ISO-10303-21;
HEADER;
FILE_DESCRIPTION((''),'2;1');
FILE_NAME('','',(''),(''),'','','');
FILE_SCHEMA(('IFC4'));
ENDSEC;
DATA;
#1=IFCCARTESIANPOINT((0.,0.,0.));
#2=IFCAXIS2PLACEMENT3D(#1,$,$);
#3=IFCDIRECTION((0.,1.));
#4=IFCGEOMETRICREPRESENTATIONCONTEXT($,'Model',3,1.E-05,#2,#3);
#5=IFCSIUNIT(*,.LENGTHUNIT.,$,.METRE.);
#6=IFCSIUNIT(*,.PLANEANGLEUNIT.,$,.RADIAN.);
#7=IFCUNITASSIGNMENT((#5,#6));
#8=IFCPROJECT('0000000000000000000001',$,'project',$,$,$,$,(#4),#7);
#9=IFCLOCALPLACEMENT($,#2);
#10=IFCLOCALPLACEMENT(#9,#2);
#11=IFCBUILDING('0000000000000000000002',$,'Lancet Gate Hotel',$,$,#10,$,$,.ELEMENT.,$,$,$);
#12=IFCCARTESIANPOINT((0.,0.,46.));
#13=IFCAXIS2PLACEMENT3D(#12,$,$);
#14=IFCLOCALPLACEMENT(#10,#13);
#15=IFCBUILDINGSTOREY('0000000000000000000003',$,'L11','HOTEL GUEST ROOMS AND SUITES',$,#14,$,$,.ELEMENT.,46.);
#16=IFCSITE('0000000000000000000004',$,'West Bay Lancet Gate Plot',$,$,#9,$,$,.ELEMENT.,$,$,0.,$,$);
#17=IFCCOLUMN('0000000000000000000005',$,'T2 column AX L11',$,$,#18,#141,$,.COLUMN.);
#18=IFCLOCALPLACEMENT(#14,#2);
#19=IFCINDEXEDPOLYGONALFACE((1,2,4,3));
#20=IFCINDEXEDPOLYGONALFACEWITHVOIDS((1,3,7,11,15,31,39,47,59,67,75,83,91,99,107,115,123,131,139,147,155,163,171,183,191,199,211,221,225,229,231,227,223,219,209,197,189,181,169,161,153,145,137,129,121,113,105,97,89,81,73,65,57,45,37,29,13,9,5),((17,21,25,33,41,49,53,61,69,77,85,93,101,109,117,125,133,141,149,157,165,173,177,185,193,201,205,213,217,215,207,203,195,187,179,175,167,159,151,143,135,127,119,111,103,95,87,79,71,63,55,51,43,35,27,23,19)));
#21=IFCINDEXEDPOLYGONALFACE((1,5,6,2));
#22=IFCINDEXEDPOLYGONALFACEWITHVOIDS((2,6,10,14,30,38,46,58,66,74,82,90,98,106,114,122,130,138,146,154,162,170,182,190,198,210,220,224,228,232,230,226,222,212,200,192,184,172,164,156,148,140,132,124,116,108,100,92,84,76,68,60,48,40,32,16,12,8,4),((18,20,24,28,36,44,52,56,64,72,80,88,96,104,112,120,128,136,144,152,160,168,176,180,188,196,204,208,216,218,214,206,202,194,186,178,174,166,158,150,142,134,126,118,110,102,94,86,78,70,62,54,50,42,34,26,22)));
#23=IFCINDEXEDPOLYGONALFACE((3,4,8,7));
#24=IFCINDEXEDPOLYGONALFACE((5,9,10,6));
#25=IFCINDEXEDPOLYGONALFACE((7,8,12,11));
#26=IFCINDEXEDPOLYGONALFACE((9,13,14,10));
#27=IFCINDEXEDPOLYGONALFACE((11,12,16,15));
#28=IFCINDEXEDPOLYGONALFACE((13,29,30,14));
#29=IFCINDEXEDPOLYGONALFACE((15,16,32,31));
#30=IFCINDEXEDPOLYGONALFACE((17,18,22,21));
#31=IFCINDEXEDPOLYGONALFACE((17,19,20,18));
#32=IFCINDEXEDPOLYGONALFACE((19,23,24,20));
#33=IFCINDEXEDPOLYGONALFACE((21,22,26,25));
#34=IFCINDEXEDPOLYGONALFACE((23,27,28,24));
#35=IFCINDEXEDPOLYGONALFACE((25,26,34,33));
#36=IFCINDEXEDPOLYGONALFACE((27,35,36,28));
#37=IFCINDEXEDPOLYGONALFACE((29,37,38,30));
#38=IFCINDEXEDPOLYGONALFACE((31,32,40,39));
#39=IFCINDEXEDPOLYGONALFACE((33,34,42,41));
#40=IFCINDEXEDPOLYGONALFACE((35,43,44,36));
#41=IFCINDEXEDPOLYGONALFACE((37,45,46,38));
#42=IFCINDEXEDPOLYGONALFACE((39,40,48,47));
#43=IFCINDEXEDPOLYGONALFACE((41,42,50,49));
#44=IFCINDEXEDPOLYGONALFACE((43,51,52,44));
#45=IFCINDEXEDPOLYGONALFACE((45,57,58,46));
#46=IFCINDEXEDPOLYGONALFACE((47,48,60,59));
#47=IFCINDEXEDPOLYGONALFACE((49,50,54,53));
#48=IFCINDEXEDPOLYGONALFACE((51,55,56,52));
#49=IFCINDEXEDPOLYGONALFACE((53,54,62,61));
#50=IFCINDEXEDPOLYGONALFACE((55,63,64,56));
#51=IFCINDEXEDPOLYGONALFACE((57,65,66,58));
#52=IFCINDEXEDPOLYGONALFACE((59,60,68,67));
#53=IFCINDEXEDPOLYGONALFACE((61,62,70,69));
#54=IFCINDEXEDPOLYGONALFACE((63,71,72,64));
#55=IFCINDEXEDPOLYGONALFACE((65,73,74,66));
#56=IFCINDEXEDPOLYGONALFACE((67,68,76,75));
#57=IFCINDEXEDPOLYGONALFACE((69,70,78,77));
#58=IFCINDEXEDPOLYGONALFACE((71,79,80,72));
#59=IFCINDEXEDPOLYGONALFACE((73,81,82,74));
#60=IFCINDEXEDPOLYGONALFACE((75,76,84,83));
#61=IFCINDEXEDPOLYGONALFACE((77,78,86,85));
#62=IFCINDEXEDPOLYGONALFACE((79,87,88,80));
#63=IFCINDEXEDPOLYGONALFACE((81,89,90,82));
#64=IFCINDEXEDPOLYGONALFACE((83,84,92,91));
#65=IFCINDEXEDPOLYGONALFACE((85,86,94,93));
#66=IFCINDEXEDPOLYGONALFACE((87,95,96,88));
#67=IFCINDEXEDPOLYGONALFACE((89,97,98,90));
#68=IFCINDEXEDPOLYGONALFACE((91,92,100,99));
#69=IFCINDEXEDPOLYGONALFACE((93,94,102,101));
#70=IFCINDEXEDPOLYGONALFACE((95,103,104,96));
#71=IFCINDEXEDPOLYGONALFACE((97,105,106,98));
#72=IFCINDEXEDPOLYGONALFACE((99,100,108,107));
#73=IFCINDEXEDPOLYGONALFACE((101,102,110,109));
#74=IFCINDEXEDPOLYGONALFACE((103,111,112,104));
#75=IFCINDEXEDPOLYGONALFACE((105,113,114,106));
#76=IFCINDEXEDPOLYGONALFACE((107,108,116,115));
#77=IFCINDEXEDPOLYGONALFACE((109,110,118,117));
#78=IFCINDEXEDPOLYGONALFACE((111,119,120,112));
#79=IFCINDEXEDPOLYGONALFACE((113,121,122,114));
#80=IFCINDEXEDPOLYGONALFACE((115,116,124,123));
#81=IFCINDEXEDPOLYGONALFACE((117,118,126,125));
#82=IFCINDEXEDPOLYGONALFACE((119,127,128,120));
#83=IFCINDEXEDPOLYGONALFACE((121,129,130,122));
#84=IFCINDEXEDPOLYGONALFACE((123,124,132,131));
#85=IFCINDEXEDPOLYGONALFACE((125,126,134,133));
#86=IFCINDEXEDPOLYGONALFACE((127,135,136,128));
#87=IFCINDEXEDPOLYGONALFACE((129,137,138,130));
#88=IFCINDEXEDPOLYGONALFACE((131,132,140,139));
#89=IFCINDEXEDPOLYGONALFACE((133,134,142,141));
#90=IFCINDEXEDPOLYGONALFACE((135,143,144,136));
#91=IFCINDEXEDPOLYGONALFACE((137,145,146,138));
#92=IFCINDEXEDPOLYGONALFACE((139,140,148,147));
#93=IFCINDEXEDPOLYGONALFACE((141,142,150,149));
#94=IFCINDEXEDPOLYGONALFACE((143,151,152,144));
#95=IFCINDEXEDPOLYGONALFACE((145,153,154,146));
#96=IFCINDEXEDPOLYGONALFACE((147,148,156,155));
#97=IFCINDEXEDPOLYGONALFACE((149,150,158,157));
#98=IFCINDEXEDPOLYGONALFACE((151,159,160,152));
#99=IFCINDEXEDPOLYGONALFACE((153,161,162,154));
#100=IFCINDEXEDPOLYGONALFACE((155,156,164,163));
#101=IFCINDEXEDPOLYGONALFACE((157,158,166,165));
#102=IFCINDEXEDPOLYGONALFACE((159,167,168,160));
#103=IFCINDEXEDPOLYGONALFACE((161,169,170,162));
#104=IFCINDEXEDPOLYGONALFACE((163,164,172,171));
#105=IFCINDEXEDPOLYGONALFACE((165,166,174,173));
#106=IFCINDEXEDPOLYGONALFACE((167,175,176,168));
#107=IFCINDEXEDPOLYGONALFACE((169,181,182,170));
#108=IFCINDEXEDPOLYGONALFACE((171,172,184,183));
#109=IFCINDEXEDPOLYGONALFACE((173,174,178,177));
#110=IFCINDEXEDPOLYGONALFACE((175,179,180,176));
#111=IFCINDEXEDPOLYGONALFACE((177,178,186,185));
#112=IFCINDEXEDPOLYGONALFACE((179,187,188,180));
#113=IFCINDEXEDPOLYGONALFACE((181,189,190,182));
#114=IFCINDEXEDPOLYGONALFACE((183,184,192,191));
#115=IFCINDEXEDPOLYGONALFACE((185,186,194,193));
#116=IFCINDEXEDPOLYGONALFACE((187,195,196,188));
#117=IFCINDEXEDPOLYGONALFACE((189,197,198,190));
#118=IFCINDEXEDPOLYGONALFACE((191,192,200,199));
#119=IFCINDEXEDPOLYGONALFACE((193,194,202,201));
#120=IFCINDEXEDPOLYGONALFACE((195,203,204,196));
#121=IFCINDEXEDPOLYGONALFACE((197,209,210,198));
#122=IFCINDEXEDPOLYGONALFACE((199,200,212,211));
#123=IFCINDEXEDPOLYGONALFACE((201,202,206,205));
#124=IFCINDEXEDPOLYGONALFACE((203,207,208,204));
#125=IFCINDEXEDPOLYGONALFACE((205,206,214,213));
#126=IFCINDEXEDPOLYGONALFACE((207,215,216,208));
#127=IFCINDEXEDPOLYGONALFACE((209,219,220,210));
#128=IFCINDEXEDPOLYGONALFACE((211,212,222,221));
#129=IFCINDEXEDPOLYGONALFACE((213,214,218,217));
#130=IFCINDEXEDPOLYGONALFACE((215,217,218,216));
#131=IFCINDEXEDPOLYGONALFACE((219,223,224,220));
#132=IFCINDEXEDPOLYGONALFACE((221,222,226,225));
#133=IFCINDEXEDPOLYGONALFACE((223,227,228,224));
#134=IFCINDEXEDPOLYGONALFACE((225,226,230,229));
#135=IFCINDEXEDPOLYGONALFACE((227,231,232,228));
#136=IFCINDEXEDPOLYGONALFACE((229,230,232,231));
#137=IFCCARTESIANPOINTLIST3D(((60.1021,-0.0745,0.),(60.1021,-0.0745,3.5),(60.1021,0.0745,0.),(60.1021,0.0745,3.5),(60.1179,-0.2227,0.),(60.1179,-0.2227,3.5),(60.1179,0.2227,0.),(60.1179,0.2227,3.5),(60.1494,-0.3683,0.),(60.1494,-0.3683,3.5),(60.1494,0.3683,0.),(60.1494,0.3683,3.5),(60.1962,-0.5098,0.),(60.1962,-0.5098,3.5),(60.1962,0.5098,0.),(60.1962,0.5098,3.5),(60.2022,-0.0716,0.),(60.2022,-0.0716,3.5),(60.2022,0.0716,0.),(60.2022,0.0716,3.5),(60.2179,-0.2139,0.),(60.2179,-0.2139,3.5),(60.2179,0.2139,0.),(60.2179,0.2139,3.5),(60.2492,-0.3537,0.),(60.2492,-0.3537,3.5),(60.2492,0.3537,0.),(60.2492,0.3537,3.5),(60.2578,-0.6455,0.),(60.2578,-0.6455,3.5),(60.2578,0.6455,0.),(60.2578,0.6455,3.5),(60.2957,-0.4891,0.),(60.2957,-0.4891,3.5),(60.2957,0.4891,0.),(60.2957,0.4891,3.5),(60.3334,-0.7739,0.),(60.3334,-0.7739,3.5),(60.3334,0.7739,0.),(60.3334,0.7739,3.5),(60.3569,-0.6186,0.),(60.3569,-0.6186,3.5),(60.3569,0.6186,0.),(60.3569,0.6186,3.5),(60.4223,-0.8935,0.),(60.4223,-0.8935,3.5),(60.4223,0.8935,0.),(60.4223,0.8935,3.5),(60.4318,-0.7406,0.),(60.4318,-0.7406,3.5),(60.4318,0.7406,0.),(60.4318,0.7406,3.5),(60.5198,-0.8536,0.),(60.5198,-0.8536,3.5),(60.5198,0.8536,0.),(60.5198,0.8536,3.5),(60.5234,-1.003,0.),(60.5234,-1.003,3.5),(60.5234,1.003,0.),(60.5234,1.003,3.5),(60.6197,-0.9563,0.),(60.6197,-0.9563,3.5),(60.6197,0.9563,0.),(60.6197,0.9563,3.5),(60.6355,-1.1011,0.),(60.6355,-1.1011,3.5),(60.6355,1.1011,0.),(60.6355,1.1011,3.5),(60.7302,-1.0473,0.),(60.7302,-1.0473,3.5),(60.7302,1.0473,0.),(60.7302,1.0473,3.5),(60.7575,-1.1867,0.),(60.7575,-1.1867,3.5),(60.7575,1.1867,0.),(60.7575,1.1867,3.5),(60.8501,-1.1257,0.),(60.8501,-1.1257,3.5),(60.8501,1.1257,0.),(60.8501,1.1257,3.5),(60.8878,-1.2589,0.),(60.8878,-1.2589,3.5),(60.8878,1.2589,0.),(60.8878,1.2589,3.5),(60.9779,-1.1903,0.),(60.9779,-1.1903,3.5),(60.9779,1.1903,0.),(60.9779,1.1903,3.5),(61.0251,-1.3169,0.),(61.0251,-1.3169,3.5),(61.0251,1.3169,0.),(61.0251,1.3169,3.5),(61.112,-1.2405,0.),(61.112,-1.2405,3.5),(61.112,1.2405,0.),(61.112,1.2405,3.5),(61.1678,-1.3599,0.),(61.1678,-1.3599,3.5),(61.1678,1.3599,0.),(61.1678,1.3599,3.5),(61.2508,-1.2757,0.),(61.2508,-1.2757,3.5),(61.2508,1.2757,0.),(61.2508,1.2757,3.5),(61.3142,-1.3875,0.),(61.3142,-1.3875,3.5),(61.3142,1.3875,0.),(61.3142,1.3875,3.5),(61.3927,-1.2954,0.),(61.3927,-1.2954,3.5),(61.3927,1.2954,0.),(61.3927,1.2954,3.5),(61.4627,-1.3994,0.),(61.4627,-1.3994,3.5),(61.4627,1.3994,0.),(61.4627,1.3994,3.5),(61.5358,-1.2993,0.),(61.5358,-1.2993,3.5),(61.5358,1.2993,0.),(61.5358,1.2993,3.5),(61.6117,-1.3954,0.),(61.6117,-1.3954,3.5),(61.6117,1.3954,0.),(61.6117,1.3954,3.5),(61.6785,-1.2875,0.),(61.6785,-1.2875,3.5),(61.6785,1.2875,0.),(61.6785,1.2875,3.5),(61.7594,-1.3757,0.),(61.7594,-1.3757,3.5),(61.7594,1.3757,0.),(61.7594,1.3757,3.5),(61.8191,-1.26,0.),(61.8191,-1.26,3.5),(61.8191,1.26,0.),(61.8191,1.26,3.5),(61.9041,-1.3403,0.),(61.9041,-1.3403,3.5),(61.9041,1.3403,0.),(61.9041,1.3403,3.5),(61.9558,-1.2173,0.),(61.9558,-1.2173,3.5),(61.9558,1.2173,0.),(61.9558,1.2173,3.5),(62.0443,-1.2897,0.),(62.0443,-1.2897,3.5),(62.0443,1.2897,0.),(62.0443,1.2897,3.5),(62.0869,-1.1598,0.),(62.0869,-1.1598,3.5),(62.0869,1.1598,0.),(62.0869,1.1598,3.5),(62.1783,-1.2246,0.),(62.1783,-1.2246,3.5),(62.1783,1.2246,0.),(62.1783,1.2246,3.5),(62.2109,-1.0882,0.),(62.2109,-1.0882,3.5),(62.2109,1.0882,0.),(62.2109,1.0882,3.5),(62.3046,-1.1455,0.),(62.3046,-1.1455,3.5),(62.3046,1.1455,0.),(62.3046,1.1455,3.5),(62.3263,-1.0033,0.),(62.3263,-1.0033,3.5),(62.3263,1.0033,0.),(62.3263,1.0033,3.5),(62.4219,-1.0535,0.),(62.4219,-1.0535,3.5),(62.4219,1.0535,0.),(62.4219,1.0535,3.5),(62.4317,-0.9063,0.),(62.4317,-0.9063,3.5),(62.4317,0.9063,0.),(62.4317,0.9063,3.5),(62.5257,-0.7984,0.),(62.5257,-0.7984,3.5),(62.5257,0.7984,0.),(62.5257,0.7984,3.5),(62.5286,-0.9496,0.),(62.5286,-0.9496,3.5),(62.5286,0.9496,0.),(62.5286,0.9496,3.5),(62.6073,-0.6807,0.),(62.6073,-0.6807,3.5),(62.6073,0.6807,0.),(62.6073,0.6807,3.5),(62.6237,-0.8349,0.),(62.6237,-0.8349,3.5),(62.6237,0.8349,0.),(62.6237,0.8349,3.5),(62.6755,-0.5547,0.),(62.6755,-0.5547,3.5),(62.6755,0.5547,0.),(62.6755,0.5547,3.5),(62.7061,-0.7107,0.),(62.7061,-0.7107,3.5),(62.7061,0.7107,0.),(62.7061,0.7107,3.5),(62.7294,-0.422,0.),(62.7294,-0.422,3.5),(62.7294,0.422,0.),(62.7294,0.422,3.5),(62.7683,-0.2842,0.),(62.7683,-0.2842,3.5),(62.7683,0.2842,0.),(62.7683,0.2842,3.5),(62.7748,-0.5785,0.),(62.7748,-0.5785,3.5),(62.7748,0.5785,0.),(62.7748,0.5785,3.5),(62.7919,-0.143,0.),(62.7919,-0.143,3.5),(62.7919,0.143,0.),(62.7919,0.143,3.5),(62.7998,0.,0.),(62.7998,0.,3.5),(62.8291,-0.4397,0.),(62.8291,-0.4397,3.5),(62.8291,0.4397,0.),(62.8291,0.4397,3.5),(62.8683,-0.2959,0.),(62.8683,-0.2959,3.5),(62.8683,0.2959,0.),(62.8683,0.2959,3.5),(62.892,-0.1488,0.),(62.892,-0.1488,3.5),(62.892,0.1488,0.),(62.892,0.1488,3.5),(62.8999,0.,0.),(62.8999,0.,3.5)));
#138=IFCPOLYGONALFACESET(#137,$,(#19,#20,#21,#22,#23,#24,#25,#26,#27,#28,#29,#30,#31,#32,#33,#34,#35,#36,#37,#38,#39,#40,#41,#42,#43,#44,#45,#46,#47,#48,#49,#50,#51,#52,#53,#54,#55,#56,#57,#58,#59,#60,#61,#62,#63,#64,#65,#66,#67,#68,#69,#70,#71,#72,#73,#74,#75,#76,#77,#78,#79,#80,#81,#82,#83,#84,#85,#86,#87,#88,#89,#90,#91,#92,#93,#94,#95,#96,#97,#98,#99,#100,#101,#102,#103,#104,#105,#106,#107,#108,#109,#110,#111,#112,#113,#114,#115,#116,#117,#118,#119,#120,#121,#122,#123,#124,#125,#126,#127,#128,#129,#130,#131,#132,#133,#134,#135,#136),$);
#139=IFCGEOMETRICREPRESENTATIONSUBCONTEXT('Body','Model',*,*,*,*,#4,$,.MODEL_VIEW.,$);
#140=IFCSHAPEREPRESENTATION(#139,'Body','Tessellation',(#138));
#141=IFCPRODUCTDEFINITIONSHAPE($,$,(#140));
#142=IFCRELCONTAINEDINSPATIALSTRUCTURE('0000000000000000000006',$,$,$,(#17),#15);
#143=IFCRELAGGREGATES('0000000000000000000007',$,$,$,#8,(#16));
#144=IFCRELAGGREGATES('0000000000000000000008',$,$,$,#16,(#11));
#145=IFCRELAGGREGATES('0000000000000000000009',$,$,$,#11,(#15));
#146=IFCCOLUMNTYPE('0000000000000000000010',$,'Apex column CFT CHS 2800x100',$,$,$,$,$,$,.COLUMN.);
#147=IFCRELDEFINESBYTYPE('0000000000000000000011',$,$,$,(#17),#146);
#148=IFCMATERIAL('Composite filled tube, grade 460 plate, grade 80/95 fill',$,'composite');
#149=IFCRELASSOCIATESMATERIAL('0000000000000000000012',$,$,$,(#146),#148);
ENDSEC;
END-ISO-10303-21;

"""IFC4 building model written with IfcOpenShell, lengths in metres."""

from ifc_helpers import new_model, si_unit, direction, frame, origin, origin_2d, place, context, subcontext, project, spatial, hollow_circle, extrude, material, material_profile, profile_set, type_object, element, save


model = new_model("IFC4")

# Units and contexts
model_context = context("Model", 3, precision=1e-05, world=origin(), true_north=direction((0.0, 1.0)))
body_context = subcontext(model_context, "Body", "Model", "MODEL_VIEW")
ifc_project = project(units=[si_unit("LENGTHUNIT", "METRE"), si_unit("PLANEANGLEUNIT", "RADIAN")], contexts=[model_context])

# Site, building, storey
site_placement = place(None, origin())
site = spatial("IfcSite", under=ifc_project, at=site_placement, Name="West Bay Lancet Gate Plot", CompositionType="ELEMENT", RefElevation=0.0)
building_placement = place(site_placement, origin())
building = spatial("IfcBuilding", under=site, at=building_placement, Name="Lancet Gate Hotel", CompositionType="ELEMENT")
storey_placement = place(building_placement, frame((0.0, 0.0, 46.0)))
storey = spatial("IfcBuildingStorey", under=building, at=storey_placement, Name="L11", Description="HOTEL GUEST ROOMS AND SUITES", CompositionType="ELEMENT", Elevation=46.0)

# Column
ifc_material_1 = material(Name="Composite filled tube, grade 460 plate, grade 80/95 fill", Category="composite")
ifc_material_profile_1 = material_profile(ifc_material_1, hollow_circle(Radius=1.3999, WallThickness=0.1001, at=origin_2d()), Name="CHS 2800x100")
ifc_profile_set_1 = profile_set([ifc_material_profile_1], Name="Composite filled tube, grade 460 plate, grade 80/95 fill")
column_type_1 = type_object("IfcColumnType", Name="Apex column CFT CHS 2800x100", PredefinedType="COLUMN", material=ifc_profile_set_1)
column_1_placement = place(storey_placement, frame((61.5, 0.0, 0.0), z_axis=(0.0, 0.0, 1.0), x_axis=(1.0, 0.0, 0.0)))
element("IfcColumn", 1, at=column_1_placement, inside=storey, type_object=column_type_1, Name="T2 column AX L11", PredefinedType="COLUMN", context=body_context, shape_type="SweptSolid", body=[
    extrude(hollow_circle(Radius=1.3999, WallThickness=0.1001, at=origin_2d()), origin(), (0.0, 0.0, 1.0), 3.5),
])

save(model, "model.ifc")
